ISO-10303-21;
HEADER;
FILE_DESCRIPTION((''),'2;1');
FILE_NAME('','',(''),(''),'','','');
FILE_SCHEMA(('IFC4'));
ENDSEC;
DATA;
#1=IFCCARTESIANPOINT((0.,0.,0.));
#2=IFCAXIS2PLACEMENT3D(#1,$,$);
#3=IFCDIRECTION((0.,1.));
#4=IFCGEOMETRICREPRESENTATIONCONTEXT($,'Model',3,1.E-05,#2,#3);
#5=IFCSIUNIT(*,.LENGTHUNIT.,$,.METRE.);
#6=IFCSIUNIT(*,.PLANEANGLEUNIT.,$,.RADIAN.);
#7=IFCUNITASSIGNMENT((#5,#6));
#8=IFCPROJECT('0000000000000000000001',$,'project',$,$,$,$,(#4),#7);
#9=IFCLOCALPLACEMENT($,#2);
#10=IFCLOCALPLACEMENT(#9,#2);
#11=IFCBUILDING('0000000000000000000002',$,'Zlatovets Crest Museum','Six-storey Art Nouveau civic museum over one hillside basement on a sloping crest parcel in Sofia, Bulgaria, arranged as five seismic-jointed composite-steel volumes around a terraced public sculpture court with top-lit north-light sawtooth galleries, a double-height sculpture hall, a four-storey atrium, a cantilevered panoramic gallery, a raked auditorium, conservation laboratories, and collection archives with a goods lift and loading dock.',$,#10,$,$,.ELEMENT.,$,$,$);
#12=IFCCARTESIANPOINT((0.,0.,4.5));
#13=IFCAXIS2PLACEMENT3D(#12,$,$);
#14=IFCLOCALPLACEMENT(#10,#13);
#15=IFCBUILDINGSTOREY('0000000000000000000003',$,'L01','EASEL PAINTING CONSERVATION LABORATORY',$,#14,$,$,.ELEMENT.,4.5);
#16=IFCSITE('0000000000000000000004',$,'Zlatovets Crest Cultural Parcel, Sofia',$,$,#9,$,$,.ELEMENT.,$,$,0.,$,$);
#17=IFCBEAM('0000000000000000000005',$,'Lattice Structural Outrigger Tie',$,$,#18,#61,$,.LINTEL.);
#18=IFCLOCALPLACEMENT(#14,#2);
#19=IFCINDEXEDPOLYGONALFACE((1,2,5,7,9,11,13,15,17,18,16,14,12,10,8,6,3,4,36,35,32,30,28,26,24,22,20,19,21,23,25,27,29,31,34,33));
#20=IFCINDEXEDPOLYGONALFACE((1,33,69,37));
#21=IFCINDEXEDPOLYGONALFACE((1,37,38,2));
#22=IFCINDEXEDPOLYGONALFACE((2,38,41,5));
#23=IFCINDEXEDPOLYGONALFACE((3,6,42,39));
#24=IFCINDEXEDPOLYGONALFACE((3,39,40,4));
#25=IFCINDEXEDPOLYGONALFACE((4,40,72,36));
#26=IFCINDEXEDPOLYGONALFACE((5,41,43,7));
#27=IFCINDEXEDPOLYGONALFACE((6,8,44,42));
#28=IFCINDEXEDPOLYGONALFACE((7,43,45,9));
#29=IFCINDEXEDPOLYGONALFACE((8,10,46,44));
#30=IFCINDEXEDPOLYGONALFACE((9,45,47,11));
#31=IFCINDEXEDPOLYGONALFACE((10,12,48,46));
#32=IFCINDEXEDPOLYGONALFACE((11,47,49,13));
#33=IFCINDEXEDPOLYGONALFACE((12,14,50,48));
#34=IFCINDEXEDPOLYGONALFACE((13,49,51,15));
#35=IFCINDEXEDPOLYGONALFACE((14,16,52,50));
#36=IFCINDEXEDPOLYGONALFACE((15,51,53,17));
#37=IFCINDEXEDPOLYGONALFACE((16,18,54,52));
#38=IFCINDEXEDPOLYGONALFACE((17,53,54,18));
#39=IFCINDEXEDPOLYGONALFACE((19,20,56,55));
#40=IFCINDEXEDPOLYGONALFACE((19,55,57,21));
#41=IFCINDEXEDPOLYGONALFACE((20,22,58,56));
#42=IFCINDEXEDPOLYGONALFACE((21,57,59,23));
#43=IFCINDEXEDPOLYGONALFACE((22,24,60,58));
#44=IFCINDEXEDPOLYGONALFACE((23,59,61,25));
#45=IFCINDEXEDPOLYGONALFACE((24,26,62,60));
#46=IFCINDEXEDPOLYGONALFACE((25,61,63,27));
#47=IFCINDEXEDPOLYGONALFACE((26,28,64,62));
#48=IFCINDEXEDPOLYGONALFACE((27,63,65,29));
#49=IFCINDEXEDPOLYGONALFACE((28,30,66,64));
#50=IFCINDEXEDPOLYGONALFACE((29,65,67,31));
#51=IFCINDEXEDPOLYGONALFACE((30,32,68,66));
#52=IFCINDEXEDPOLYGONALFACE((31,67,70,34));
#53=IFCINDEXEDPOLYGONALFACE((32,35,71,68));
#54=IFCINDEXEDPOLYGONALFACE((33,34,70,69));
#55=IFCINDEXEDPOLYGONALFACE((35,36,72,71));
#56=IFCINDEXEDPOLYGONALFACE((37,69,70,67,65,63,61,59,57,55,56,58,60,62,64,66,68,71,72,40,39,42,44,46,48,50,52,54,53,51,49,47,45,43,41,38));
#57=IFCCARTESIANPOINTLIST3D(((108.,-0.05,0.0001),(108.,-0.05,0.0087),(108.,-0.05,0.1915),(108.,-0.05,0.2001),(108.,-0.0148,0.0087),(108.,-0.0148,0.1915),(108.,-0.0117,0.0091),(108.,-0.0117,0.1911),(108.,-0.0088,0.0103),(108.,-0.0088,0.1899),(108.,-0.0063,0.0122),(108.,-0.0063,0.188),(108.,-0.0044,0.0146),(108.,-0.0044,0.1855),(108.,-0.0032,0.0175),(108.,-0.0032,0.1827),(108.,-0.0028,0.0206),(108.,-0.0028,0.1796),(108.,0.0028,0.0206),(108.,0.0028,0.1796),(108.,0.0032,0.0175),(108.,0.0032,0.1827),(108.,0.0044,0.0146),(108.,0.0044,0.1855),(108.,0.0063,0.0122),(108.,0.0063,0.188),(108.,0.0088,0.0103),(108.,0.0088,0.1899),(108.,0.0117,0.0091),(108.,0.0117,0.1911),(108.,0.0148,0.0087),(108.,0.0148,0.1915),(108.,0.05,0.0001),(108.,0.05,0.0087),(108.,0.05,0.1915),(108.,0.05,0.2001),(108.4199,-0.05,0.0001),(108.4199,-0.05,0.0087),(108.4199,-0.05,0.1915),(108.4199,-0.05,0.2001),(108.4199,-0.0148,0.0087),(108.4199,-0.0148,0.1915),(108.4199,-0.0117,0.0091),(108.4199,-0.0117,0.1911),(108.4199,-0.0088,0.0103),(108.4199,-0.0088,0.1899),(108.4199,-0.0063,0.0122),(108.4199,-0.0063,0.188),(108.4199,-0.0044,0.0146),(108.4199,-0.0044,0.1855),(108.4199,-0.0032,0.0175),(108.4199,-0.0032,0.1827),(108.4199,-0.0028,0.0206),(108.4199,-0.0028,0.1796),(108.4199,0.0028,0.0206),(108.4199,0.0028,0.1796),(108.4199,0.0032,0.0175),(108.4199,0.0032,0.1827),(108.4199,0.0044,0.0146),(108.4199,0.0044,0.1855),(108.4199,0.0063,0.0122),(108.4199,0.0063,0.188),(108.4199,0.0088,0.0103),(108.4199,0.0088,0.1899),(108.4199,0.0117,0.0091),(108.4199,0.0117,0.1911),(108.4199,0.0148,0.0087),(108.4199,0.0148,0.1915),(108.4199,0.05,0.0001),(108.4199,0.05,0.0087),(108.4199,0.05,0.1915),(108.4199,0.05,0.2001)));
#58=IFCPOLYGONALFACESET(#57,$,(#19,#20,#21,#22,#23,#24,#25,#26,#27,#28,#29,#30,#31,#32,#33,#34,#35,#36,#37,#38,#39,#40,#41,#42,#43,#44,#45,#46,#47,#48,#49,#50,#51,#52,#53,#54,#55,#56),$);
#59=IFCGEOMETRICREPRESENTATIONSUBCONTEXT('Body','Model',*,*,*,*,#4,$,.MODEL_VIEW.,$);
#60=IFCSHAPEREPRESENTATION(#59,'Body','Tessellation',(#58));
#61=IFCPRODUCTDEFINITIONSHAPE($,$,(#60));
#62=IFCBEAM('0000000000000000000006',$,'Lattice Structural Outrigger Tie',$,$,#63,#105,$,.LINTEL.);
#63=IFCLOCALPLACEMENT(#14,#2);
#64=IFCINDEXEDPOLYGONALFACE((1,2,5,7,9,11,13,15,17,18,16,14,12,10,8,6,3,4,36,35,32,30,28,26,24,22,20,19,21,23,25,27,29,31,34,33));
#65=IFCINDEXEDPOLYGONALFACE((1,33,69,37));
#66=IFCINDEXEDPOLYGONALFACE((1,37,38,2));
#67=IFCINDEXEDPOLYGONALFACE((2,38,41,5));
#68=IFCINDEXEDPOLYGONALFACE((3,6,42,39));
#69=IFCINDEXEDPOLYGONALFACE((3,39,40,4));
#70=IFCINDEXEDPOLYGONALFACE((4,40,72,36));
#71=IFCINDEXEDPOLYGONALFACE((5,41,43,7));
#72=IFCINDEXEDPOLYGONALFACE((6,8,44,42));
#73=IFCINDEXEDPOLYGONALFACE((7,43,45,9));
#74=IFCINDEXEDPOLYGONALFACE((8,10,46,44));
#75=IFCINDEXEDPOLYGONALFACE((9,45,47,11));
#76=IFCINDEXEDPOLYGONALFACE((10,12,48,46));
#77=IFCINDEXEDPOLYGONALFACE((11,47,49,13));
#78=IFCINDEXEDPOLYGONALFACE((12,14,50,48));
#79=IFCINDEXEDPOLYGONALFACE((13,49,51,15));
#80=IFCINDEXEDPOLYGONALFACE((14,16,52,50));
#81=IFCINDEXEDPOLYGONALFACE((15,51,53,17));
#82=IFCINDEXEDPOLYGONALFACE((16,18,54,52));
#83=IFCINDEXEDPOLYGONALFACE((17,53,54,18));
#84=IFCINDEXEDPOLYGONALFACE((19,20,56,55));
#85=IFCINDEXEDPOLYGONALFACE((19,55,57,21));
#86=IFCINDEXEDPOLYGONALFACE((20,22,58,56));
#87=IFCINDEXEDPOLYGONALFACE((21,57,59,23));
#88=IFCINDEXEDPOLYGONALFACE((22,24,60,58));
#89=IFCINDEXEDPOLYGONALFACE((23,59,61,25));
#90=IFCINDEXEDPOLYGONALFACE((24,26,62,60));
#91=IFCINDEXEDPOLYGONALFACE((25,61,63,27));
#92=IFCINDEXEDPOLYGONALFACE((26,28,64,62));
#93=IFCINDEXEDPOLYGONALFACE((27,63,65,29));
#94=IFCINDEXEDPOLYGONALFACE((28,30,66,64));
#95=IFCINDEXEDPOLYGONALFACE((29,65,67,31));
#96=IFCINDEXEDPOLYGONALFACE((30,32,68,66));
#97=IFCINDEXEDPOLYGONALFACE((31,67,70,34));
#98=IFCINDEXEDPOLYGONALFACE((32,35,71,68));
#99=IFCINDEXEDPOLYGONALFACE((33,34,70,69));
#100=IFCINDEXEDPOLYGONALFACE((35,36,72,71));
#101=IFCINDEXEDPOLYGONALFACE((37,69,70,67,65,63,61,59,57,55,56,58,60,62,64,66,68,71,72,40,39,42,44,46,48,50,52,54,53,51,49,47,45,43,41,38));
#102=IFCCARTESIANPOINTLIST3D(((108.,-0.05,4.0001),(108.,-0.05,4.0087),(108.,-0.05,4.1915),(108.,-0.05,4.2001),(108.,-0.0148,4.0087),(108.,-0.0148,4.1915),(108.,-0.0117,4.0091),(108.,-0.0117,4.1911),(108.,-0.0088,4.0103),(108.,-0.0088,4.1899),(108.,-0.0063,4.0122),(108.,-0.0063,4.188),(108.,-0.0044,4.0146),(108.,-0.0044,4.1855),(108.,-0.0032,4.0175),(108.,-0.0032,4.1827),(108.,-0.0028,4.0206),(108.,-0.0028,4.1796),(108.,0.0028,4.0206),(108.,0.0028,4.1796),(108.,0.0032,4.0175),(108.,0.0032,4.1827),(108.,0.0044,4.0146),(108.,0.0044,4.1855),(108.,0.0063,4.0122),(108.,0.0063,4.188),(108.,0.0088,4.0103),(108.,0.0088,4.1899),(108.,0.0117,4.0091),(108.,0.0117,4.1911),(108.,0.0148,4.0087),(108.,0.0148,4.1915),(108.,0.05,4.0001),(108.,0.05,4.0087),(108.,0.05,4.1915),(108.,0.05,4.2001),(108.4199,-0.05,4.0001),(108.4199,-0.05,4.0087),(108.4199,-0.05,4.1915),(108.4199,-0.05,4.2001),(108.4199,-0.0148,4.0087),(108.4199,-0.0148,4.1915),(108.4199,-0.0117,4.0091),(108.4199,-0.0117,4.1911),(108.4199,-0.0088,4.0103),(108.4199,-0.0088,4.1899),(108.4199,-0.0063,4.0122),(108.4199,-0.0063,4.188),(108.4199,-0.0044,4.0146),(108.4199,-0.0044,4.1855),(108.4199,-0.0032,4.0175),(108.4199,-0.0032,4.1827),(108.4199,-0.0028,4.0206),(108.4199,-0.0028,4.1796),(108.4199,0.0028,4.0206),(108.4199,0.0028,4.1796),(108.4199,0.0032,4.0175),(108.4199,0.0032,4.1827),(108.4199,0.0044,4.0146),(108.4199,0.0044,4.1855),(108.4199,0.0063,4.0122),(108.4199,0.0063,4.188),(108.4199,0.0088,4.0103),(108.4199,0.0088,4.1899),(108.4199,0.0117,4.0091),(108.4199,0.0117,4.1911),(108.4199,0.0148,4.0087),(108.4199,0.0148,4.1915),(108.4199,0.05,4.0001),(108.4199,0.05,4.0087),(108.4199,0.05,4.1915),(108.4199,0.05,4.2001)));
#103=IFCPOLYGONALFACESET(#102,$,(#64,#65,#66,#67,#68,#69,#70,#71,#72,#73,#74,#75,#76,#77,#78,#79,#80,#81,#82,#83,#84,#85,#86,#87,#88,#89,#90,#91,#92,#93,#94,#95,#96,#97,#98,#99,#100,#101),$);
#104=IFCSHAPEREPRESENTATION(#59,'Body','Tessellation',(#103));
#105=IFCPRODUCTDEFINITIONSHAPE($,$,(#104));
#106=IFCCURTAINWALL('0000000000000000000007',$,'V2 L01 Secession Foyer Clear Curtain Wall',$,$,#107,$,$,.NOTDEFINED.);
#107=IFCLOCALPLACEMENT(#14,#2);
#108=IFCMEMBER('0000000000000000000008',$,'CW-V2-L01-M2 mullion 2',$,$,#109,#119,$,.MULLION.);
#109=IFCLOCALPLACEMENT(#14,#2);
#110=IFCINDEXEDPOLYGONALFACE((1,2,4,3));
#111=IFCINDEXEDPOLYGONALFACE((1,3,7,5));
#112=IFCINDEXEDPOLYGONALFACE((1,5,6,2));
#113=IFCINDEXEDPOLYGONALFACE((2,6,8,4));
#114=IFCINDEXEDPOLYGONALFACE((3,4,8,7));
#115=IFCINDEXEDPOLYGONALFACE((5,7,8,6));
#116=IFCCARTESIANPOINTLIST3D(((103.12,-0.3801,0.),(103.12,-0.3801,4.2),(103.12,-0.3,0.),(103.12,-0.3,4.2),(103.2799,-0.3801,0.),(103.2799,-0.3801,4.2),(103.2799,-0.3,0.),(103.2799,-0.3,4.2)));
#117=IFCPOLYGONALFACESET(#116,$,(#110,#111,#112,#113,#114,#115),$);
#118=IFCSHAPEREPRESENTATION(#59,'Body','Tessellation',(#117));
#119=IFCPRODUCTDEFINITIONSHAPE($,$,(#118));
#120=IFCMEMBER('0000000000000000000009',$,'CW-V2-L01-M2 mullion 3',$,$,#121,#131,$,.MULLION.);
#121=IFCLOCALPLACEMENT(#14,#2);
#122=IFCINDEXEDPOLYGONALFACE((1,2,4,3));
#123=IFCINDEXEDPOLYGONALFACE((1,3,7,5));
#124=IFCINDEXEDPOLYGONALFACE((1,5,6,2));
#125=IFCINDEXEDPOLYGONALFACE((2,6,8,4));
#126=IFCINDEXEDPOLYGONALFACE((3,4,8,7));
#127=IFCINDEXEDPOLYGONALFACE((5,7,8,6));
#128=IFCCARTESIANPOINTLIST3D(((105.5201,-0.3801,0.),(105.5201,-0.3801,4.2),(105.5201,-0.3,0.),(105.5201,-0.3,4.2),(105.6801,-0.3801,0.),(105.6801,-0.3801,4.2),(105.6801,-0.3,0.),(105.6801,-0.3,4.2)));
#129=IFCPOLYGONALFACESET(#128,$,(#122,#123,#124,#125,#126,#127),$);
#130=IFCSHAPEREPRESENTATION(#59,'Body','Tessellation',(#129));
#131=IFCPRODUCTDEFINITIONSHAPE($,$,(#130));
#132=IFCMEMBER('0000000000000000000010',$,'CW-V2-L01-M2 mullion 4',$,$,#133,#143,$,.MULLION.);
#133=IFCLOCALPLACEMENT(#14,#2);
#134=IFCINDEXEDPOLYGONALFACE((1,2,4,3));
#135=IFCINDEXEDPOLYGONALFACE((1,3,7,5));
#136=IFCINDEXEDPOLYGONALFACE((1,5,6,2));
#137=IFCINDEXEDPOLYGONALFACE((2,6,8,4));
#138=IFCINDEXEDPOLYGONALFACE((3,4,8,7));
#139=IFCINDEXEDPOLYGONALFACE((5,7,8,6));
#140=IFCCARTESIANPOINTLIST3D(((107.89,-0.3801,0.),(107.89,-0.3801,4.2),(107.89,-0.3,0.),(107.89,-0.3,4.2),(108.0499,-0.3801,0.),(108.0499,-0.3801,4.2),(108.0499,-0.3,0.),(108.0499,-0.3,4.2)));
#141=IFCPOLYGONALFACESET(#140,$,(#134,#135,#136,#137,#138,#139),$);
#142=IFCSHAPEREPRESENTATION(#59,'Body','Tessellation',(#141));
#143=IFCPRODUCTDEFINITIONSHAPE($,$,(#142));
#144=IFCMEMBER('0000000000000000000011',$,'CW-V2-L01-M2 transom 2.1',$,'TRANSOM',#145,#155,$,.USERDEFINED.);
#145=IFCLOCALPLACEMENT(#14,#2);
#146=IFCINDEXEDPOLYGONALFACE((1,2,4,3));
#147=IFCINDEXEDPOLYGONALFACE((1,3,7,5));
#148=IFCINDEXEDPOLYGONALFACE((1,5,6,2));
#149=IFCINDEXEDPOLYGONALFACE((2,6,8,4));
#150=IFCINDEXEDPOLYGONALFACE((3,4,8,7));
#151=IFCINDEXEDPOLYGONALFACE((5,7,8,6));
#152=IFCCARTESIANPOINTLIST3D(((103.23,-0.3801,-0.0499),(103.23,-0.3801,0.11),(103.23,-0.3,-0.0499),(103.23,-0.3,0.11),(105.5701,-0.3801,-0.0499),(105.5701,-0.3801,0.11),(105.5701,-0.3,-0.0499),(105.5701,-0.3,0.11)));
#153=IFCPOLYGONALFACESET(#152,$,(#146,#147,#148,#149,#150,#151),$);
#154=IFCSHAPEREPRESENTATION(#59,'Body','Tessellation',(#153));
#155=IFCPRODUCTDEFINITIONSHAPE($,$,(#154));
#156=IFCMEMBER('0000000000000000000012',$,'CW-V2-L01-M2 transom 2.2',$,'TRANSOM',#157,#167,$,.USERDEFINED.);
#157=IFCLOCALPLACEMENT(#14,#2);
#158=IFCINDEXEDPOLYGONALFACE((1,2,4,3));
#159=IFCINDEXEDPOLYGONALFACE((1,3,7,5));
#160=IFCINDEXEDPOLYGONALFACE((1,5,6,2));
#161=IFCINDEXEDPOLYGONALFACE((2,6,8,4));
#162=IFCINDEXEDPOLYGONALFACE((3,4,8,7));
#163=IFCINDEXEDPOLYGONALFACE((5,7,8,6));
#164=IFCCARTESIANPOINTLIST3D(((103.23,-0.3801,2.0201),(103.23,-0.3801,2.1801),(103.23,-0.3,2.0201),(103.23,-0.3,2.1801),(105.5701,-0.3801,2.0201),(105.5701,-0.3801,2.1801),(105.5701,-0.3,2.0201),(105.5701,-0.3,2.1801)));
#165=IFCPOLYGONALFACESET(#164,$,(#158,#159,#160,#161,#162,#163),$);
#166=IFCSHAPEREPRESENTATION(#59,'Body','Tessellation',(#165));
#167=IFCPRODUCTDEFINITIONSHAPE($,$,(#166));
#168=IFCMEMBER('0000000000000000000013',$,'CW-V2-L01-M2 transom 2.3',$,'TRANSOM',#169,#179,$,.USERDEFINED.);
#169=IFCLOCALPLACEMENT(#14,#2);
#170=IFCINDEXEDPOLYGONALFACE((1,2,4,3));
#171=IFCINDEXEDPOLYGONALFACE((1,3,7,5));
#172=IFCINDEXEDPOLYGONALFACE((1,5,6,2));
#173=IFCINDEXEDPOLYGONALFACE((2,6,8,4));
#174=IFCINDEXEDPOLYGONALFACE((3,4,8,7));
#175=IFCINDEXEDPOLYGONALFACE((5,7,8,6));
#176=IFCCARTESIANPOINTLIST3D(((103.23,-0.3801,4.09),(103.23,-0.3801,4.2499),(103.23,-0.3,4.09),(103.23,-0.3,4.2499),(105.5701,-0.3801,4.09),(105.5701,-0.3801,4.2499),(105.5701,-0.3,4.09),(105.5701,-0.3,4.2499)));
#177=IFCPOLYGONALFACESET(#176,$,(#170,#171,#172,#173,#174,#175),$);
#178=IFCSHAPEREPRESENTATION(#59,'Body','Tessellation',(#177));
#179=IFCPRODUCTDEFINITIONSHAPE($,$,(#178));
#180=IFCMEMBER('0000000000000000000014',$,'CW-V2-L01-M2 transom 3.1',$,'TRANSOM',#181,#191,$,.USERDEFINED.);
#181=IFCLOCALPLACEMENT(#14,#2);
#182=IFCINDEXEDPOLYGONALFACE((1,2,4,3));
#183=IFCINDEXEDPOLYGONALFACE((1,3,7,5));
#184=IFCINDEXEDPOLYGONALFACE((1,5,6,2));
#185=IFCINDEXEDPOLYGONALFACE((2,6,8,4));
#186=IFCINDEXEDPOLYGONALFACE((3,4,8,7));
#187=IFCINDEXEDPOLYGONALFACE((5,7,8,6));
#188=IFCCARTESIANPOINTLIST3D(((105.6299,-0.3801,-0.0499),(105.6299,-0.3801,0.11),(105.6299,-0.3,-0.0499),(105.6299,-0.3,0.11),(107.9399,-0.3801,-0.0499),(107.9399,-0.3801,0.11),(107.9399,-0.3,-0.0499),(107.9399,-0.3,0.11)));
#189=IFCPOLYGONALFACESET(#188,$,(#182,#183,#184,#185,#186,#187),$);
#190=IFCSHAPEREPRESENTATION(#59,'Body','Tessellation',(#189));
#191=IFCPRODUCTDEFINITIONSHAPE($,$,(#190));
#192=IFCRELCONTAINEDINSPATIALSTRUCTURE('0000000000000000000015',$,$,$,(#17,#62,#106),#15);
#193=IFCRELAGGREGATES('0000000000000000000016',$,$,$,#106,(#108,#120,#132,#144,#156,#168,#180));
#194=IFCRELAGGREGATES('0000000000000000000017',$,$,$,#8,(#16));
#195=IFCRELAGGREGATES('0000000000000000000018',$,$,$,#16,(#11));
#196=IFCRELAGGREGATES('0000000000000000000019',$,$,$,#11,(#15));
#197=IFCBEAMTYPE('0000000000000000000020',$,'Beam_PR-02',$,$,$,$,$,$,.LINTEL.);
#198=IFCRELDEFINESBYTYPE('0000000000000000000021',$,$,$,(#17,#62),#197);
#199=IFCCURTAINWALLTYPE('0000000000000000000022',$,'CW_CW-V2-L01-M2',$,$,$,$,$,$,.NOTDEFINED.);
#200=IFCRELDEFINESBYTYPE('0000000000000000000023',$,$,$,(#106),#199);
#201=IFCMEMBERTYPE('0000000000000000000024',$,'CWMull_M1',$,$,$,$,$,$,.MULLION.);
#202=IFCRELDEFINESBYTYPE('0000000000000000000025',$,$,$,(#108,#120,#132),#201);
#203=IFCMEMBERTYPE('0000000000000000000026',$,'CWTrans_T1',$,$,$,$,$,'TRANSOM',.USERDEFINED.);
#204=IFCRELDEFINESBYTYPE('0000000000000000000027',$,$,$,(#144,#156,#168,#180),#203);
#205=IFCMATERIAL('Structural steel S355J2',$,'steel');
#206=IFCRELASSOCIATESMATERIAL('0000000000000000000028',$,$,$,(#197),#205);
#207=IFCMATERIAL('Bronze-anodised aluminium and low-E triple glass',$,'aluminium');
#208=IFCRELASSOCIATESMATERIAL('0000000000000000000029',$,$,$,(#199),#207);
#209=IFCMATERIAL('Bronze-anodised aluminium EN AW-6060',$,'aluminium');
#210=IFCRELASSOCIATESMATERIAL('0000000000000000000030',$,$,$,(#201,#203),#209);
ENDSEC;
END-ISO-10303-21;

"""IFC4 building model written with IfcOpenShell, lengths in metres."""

from ifc_helpers import new_model, si_unit, direction, frame, origin, origin_2d, place, context, subcontext, project, spatial, rectangle, i_section, extrude, material, material_profile, profile_set, type_object, element, aggregate, save


model = new_model("IFC4")

# Units and contexts
model_context = context("Model", 3, precision=1e-05, world=origin(), true_north=direction((0.0, 1.0)))
body_context = subcontext(model_context, "Body", "Model", "MODEL_VIEW")
ifc_project = project(units=[si_unit("LENGTHUNIT", "METRE"), si_unit("PLANEANGLEUNIT", "RADIAN")], contexts=[model_context])

# Site, building, storey
site_placement = place(None, origin())
site = spatial("IfcSite", under=ifc_project, at=site_placement, Name="Zlatovets Crest Cultural Parcel, Sofia", CompositionType="ELEMENT", RefElevation=0.0)
building_placement = place(site_placement, origin())
building = spatial("IfcBuilding", under=site, at=building_placement, Name="Zlatovets Crest Museum", Description="Six-storey Art Nouveau civic museum over one hillside basement on a sloping crest parcel in Sofia, Bulgaria, arranged as five seismic-jointed composite-steel volumes around a terraced public sculpture court with top-lit north-light sawtooth galleries, a double-height sculpture hall, a four-storey atrium, a cantilevered panoramic gallery, a raked auditorium, conservation laboratories, and collection archives with a goods lift and loading dock.", CompositionType="ELEMENT")
storey_placement = place(building_placement, frame((0.0, 0.0, 4.5)))
storey = spatial("IfcBuildingStorey", under=building, at=storey_placement, Name="L01", Description="EASEL PAINTING CONSERVATION LABORATORY", CompositionType="ELEMENT", Elevation=4.5)

# Shared definitions
ifc_material_1 = material(Name="Structural steel S355J2", Category="steel")

# Beams
ifc_material_profile_1 = material_profile(ifc_material_1, i_section(OverallWidth=0.1001, OverallDepth=0.2, WebThickness=0.0056, FlangeThickness=0.0085, FilletRadius=0.012, at=origin_2d()), Name="IPE 200")
ifc_profile_set_1 = profile_set([ifc_material_profile_1], Name="Structural steel S355J2")
beam_type_1 = type_object("IfcBeamType", Name="Beam_PR-02", PredefinedType="LINTEL", material=ifc_profile_set_1)
for number, where, z_axis, x_axis, name in (
    (1, (108.0, 0.0, 0.1001), (1.0, 0.0, 0.0), (0.0, 1.0, 0.0), "Lattice Structural Outrigger Tie"),
    (2, (108.0, 0.0, 4.1001), (1.0, 0.0, 0.0), (0.0, 1.0, 0.0), "Lattice Structural Outrigger Tie"),
):
    element("IfcBeam", number, at=place(storey_placement, frame(where, z_axis=z_axis, x_axis=x_axis)), inside=storey, type_object=beam_type_1, Name=name, PredefinedType="LINTEL", context=body_context, shape_type="SweptSolid", body=[
        extrude(i_section(OverallWidth=0.1001, OverallDepth=0.2, WebThickness=0.0056, FlangeThickness=0.0085, FilletRadius=0.012, at=origin_2d()), origin(), (0.0, 0.0, 1.0), 0.4199),
    ])

# Curtain wall, members
ifc_material_2 = material(Name="Bronze-anodised aluminium and low-E triple glass", Category="aluminium")
curtain_wall_type = type_object("IfcCurtainWallType", Name="CW_CW-V2-L01-M2", PredefinedType="NOTDEFINED", material=ifc_material_2)
curtain_wall_placement = place(storey_placement, origin())
curtain_wall = element("IfcCurtainWall", 3, at=curtain_wall_placement, inside=storey, type_object=curtain_wall_type, Name="V2 L01 Secession Foyer Clear Curtain Wall", PredefinedType="NOTDEFINED")
ifc_material_3 = material(Name="Bronze-anodised aluminium EN AW-6060", Category="aluminium")
ifc_material_profile_2 = material_profile(ifc_material_3, rectangle(XDim=0.0801, YDim=0.1599, at=origin_2d()), Name="ALU 80x160")
ifc_profile_set_2 = profile_set([ifc_material_profile_2], Name="Bronze-anodised aluminium EN AW-6060")
member_type_1 = type_object("IfcMemberType", Name="CWMull_M1", PredefinedType="MULLION", material=ifc_profile_set_2)
member_1_placement = place(storey_placement, frame((103.2, -0.3401, 0.0), z_axis=(0.0, 0.0, 1.0), x_axis=(0.0, 1.0, 0.0)))
member_1 = element("IfcMember", 4, at=member_1_placement, type_object=member_type_1, Name="CW-V2-L01-M2 mullion 2", PredefinedType="MULLION", context=body_context, shape_type="SweptSolid", body=[
    extrude(rectangle(XDim=0.0801, YDim=0.1599, at=origin_2d()), origin(), (0.0, 0.0, 1.0), 4.2),
])
member_2_placement = place(storey_placement, frame((105.6001, -0.3401, 0.0), z_axis=(0.0, 0.0, 1.0), x_axis=(0.0, 1.0, 0.0)))
member_2 = element("IfcMember", 5, at=member_2_placement, type_object=member_type_1, Name="CW-V2-L01-M2 mullion 3", PredefinedType="MULLION", context=body_context, shape_type="SweptSolid", body=[
    extrude(rectangle(XDim=0.0801, YDim=0.1599, at=origin_2d()), origin(), (0.0, 0.0, 1.0), 4.2),
])
member_3_placement = place(storey_placement, frame((107.97, -0.3401, 0.0), z_axis=(0.0, 0.0, 1.0), x_axis=(0.0, 1.0, 0.0)))
member_3 = element("IfcMember", 6, at=member_3_placement, type_object=member_type_1, Name="CW-V2-L01-M2 mullion 4", PredefinedType="MULLION", context=body_context, shape_type="SweptSolid", body=[
    extrude(rectangle(XDim=0.0801, YDim=0.1599, at=origin_2d()), origin(), (0.0, 0.0, 1.0), 4.2),
])
ifc_material_profile_3 = material_profile(ifc_material_3, rectangle(XDim=0.0801, YDim=0.1599, at=origin_2d()), Name="ALU 80x160")
ifc_profile_set_3 = profile_set([ifc_material_profile_3], Name="Bronze-anodised aluminium EN AW-6060")
member_type_2 = type_object("IfcMemberType", Name="CWTrans_T1", ElementType="TRANSOM", PredefinedType="USERDEFINED", material=ifc_profile_set_3)
member_4_placement = place(storey_placement, frame((103.23, -0.3401, 0.03), z_axis=(1.0, 0.0, 0.0), x_axis=(0.0, 1.0, 0.0)))
member_4 = element("IfcMember", 7, at=member_4_placement, type_object=member_type_2, Name="CW-V2-L01-M2 transom 2.1", ObjectType="TRANSOM", PredefinedType="USERDEFINED", context=body_context, shape_type="SweptSolid", body=[
    extrude(rectangle(XDim=0.0801, YDim=0.1599, at=origin_2d()), origin(), (0.0, 0.0, 1.0), 2.3401),
])
member_5_placement = place(storey_placement, frame((103.23, -0.3401, 2.1001), z_axis=(1.0, 0.0, 0.0), x_axis=(0.0, 1.0, 0.0)))
member_5 = element("IfcMember", 8, at=member_5_placement, type_object=member_type_2, Name="CW-V2-L01-M2 transom 2.2", ObjectType="TRANSOM", PredefinedType="USERDEFINED", context=body_context, shape_type="SweptSolid", body=[
    extrude(rectangle(XDim=0.0801, YDim=0.1599, at=origin_2d()), origin(), (0.0, 0.0, 1.0), 2.3401),
])
member_6_placement = place(storey_placement, frame((103.23, -0.3401, 4.1699), z_axis=(1.0, 0.0, 0.0), x_axis=(0.0, 1.0, 0.0)))
member_6 = element("IfcMember", 9, at=member_6_placement, type_object=member_type_2, Name="CW-V2-L01-M2 transom 2.3", ObjectType="TRANSOM", PredefinedType="USERDEFINED", context=body_context, shape_type="SweptSolid", body=[
    extrude(rectangle(XDim=0.0801, YDim=0.1599, at=origin_2d()), origin(), (0.0, 0.0, 1.0), 2.3401),
])
member_7_placement = place(storey_placement, frame((105.6299, -0.3401, 0.03), z_axis=(1.0, 0.0, 0.0), x_axis=(0.0, 1.0, 0.0)))
member_7 = element("IfcMember", 10, at=member_7_placement, type_object=member_type_2, Name="CW-V2-L01-M2 transom 3.1", ObjectType="TRANSOM", PredefinedType="USERDEFINED", context=body_context, shape_type="SweptSolid", body=[
    extrude(rectangle(XDim=0.0801, YDim=0.1599, at=origin_2d()), origin(), (0.0, 0.0, 1.0), 2.3101),
])

aggregate(curtain_wall, [member_1, member_2, member_3, member_4, member_5, member_6, member_7])

save(model, "model.ifc")
